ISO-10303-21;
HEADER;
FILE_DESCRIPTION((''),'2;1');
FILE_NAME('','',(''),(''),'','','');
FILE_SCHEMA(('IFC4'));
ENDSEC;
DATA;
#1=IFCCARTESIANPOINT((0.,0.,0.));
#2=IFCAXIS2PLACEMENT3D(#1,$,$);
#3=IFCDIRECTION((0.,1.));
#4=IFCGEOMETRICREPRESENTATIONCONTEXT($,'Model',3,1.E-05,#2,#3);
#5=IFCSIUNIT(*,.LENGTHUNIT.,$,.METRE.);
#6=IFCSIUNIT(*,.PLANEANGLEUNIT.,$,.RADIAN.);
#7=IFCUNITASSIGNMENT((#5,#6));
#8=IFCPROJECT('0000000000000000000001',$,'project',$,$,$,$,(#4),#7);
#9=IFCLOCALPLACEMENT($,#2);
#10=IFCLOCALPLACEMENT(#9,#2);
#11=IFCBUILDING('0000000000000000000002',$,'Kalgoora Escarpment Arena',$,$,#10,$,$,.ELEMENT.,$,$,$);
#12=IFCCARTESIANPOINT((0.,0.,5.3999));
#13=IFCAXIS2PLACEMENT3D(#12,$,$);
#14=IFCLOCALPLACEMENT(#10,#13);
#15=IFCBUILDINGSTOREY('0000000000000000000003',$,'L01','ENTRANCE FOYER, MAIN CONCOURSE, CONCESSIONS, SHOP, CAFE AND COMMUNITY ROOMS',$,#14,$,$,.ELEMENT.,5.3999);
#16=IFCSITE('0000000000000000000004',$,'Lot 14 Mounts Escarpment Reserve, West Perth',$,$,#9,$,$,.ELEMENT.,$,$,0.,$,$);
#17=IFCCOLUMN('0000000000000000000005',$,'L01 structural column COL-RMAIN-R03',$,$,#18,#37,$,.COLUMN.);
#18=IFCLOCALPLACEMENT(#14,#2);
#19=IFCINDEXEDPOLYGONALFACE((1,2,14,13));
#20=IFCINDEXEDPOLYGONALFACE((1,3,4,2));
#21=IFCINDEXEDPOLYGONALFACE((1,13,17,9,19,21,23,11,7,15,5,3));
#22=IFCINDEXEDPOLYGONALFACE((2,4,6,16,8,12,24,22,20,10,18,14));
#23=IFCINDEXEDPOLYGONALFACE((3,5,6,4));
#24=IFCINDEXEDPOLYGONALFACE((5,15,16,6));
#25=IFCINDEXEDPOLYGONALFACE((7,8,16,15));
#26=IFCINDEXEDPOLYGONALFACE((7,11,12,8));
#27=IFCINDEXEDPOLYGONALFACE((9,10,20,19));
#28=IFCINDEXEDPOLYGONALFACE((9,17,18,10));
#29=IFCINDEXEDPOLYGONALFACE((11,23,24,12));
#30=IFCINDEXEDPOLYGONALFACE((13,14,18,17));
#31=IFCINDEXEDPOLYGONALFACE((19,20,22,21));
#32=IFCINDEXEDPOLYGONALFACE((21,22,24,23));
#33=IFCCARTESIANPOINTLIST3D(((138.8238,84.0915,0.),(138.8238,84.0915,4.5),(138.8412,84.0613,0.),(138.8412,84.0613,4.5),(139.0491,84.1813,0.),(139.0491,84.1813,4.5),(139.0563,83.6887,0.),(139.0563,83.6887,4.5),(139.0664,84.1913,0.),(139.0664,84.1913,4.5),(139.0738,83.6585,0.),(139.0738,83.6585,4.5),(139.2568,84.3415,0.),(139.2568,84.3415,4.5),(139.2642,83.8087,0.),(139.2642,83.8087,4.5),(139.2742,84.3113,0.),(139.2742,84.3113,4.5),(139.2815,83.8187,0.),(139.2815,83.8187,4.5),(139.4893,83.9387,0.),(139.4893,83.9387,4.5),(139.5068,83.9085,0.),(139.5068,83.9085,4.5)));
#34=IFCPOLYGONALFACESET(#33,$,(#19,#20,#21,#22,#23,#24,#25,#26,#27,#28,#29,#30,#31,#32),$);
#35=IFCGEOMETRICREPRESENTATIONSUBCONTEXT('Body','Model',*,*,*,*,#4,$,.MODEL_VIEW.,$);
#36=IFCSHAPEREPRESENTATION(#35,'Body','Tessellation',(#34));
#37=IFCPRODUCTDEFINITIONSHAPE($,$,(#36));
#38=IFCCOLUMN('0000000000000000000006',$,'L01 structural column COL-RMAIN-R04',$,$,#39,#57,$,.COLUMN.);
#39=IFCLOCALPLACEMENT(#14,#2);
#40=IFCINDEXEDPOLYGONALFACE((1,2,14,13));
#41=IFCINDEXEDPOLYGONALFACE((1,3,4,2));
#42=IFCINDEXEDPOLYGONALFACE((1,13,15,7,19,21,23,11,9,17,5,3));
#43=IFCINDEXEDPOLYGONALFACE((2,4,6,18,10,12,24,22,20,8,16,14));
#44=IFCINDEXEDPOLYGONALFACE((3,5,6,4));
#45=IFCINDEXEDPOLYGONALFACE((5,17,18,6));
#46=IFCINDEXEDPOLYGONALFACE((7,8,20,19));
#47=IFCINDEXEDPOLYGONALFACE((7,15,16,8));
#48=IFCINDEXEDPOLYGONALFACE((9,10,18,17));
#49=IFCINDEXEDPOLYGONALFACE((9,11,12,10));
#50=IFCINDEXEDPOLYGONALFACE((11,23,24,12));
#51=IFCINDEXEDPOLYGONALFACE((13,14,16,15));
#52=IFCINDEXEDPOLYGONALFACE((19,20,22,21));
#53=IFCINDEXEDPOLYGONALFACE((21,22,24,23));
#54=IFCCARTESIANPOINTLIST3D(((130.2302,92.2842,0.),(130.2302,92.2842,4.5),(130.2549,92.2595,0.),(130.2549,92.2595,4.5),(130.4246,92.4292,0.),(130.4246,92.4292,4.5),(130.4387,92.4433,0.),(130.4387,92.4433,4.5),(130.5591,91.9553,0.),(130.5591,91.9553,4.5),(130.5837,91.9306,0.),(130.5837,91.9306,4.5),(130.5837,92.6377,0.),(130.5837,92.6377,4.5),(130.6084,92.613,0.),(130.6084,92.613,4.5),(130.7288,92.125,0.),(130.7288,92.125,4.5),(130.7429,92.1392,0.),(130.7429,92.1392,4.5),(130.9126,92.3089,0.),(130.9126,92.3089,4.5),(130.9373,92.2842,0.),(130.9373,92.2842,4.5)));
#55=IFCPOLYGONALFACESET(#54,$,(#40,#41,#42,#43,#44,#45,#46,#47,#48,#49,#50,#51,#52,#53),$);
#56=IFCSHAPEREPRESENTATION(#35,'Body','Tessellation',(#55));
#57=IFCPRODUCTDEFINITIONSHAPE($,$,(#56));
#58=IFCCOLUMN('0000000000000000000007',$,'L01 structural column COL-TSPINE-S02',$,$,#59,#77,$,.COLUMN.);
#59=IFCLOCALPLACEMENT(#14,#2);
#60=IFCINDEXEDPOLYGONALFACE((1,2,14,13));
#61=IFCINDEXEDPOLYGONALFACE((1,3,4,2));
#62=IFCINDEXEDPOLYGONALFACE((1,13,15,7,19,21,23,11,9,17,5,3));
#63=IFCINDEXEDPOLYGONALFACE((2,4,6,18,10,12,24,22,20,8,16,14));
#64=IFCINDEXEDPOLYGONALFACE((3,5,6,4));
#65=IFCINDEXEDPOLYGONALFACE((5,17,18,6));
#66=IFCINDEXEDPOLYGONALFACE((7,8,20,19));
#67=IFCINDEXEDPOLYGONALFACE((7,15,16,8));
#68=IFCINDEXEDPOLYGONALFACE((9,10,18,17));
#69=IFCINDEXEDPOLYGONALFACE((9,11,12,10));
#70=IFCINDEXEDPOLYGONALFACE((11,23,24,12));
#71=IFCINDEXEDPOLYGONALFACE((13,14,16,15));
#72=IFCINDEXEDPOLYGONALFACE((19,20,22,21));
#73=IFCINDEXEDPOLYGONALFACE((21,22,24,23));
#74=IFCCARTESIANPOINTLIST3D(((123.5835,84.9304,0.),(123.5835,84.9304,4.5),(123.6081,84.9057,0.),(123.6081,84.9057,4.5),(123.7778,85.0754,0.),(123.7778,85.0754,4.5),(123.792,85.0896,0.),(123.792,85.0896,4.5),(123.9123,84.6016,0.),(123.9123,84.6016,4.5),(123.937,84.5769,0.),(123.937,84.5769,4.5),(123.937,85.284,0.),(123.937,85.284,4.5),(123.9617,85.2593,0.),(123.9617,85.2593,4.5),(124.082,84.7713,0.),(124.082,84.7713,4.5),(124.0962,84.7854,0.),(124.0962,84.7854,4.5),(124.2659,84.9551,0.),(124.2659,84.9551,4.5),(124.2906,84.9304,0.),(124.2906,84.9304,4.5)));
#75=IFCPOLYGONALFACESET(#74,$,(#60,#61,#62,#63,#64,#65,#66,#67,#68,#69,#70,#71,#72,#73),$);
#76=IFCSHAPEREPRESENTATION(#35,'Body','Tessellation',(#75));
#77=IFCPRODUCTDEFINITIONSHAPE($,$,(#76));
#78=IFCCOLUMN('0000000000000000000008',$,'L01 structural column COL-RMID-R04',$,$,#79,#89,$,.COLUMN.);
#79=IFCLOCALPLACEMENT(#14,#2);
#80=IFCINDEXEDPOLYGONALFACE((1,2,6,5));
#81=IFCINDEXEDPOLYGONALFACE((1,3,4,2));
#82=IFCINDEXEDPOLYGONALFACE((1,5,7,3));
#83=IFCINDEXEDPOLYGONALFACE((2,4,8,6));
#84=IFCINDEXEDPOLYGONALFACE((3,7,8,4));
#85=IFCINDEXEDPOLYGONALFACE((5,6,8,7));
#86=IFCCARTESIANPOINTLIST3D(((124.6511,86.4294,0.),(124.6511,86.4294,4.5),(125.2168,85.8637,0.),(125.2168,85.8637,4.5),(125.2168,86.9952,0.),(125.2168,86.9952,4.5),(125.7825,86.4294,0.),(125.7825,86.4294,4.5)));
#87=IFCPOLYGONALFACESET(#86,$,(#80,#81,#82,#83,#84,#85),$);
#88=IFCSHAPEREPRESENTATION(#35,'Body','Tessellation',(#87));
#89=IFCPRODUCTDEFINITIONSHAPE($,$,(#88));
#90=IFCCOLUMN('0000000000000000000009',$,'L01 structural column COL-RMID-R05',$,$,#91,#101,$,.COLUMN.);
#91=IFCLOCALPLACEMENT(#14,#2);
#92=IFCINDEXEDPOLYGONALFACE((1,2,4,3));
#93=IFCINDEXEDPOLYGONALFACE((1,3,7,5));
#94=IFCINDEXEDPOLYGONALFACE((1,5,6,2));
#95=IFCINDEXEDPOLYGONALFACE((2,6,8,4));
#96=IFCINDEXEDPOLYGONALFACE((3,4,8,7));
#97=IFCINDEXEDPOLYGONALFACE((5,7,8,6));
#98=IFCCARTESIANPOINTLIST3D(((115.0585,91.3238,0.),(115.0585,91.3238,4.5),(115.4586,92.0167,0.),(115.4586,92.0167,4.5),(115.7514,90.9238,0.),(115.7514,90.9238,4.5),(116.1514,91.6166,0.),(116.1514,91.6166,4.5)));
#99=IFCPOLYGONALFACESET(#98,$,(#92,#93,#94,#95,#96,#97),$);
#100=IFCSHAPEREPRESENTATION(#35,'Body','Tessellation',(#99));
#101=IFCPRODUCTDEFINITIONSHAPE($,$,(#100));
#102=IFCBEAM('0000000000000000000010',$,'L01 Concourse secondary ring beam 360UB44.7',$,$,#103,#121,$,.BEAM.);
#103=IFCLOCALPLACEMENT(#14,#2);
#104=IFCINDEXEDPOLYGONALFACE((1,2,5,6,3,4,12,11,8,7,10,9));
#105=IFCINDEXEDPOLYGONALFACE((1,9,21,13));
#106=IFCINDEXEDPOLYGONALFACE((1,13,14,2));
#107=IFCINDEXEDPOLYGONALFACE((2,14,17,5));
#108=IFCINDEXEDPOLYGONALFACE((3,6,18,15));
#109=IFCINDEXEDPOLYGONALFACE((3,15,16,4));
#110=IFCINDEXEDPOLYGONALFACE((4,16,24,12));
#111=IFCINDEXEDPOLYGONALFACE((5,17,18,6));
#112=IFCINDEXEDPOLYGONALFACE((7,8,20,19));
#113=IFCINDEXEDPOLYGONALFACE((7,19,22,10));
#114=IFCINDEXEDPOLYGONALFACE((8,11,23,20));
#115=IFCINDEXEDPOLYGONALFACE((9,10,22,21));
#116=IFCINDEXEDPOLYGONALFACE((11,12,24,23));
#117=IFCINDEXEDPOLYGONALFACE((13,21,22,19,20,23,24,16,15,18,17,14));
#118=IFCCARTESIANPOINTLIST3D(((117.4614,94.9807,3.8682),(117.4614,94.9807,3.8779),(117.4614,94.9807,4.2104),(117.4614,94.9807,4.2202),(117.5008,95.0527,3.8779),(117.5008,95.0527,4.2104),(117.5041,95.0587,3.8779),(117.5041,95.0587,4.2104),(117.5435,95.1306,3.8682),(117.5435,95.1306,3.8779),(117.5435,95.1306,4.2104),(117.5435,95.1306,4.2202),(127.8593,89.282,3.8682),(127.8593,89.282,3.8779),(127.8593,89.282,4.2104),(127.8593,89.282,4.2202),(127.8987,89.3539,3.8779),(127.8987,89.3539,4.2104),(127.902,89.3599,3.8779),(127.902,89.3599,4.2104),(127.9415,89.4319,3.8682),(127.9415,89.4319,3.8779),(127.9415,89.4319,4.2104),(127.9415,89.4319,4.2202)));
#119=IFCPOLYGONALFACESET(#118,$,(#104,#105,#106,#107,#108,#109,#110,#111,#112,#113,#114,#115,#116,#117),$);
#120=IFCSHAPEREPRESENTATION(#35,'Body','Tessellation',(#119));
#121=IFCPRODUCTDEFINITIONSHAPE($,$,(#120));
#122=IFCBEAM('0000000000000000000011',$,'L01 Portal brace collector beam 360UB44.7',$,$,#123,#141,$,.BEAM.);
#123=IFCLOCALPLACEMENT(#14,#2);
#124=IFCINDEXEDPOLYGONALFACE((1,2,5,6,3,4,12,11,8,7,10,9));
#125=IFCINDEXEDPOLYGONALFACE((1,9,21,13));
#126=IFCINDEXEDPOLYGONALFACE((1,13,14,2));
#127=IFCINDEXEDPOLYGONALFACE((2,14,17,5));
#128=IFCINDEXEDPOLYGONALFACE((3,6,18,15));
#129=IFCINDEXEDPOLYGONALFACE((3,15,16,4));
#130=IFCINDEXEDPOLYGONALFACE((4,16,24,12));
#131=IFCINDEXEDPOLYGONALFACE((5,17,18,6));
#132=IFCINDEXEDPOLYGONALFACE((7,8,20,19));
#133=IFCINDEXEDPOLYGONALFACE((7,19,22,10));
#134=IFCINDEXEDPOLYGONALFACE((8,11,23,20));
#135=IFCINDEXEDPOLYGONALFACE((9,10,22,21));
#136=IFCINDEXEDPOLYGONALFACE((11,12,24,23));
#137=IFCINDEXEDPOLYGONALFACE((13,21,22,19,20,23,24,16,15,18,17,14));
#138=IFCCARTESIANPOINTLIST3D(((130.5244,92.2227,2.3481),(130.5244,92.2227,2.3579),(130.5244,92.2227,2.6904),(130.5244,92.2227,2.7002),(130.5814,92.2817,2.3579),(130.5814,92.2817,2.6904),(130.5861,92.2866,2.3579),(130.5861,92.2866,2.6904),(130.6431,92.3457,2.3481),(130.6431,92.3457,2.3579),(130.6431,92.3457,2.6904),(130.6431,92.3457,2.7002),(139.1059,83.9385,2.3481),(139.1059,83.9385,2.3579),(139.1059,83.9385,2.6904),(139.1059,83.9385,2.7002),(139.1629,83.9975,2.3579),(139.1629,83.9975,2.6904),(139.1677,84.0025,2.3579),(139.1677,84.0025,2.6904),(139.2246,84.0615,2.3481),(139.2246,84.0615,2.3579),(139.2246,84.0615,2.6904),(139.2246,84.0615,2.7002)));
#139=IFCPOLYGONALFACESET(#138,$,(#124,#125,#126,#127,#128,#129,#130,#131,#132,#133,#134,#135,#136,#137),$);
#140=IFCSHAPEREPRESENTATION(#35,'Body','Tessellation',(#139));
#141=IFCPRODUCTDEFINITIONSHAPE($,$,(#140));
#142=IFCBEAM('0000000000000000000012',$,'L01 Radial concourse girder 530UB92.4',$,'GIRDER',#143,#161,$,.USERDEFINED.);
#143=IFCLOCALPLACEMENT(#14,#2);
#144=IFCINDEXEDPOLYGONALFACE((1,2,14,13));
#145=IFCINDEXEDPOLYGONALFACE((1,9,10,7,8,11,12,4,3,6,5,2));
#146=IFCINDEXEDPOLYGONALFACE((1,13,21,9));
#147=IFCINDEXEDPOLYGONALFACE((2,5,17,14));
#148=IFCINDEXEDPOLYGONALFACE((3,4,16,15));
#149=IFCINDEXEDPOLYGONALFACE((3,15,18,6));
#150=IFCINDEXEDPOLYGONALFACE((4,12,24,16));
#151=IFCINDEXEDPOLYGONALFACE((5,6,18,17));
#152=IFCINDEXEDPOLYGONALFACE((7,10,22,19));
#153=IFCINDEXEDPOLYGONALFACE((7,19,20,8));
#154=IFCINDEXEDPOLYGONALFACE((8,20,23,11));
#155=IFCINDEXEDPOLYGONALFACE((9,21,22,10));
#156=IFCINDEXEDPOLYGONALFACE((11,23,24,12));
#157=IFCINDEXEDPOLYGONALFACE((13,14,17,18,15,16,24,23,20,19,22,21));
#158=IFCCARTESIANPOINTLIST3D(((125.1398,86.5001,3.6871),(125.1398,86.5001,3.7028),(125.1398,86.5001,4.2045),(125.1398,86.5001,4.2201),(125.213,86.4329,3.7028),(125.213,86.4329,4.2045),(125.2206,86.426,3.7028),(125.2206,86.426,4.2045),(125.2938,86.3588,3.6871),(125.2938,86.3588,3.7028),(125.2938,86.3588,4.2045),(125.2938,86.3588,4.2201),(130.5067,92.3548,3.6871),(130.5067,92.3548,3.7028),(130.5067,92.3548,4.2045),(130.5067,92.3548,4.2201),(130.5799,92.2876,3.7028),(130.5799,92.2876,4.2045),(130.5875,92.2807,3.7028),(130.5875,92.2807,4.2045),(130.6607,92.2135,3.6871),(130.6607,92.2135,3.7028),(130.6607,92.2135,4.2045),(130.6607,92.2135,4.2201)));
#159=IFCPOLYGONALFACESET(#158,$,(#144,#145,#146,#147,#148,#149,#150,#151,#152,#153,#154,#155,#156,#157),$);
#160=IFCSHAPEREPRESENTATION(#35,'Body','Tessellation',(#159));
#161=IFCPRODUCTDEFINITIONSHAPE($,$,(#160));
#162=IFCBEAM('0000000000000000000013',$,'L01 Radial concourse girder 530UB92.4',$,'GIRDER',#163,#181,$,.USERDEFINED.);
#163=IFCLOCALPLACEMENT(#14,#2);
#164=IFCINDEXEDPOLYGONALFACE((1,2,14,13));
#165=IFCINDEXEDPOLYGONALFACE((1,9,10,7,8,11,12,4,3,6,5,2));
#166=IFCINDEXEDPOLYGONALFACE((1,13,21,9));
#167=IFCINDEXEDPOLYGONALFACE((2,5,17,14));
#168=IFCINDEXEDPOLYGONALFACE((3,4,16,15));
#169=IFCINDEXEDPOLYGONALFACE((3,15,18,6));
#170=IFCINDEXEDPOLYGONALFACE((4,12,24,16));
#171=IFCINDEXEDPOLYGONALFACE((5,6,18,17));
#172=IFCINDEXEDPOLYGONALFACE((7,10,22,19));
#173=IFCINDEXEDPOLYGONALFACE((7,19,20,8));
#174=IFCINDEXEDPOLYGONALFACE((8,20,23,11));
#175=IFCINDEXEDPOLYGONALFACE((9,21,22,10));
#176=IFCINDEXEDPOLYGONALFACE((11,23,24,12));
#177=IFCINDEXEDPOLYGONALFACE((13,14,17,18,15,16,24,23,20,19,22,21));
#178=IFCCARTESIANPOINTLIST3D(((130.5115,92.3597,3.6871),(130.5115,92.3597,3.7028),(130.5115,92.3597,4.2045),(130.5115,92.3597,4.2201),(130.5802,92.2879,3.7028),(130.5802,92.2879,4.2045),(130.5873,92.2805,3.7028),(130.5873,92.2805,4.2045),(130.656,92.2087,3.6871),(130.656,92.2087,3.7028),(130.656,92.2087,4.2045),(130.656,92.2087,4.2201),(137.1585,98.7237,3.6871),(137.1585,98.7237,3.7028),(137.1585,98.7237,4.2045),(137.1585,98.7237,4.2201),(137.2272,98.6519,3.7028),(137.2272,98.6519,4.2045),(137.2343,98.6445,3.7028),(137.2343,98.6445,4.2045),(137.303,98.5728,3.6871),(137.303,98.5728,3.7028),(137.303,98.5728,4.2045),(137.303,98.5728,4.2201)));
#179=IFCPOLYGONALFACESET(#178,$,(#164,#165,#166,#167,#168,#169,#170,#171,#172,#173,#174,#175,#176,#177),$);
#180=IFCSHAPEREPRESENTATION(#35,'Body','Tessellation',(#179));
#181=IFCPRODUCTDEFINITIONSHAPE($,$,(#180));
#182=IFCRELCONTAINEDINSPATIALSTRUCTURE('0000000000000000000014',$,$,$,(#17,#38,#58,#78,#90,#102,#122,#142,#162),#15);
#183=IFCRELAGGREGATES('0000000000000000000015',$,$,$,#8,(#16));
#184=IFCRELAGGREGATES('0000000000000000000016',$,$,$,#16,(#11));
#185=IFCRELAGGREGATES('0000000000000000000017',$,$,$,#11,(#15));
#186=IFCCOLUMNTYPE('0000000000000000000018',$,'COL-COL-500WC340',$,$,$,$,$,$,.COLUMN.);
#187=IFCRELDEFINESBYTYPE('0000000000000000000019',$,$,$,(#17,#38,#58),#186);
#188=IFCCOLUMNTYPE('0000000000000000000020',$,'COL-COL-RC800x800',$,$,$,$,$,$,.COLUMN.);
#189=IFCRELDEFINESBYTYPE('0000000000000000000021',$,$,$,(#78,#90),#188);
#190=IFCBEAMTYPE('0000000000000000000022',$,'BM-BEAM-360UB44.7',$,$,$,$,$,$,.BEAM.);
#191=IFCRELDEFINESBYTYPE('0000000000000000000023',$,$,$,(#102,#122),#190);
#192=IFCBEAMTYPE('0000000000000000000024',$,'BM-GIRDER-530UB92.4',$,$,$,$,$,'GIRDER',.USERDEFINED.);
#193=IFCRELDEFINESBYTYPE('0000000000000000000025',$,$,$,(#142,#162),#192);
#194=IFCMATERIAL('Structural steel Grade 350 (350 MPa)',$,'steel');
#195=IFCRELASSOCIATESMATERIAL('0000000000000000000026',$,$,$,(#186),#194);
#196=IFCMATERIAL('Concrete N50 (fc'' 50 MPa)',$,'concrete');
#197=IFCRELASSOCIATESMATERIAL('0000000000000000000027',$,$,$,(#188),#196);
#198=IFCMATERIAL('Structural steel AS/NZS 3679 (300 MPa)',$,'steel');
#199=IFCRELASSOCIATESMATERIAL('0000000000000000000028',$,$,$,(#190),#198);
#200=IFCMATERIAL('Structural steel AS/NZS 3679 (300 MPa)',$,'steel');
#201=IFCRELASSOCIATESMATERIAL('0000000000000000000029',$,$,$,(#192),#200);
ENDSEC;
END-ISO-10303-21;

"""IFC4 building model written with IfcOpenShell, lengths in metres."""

from ifc_helpers import new_model, si_unit, direction, frame, origin, origin_2d, place, context, subcontext, project, spatial, rectangle, i_section, extrude, material, material_profile, profile_set, type_object, element, save


model = new_model("IFC4")

# Units and contexts
model_context = context("Model", 3, precision=1e-05, world=origin(), true_north=direction((0.0, 1.0)))
body_context = subcontext(model_context, "Body", "Model", "MODEL_VIEW")
ifc_project = project(units=[si_unit("LENGTHUNIT", "METRE"), si_unit("PLANEANGLEUNIT", "RADIAN")], contexts=[model_context])

# Site, building, storey
site_placement = place(None, origin())
site = spatial("IfcSite", under=ifc_project, at=site_placement, Name="Lot 14 Mounts Escarpment Reserve, West Perth", CompositionType="ELEMENT", RefElevation=0.0)
building_placement = place(site_placement, origin())
building = spatial("IfcBuilding", under=site, at=building_placement, Name="Kalgoora Escarpment Arena", CompositionType="ELEMENT")
storey_placement = place(building_placement, frame((0.0, 0.0, 5.3999)))
storey = spatial("IfcBuildingStorey", under=building, at=storey_placement, Name="L01", Description="ENTRANCE FOYER, MAIN CONCOURSE, CONCESSIONS, SHOP, CAFE AND COMMUNITY ROOMS", CompositionType="ELEMENT", Elevation=5.3999)

# Columns
ifc_material_1 = material(Name="Structural steel Grade 350 (350 MPa)", Category="steel")
ifc_material_profile_1 = material_profile(ifc_material_1, i_section(OverallWidth=0.5, OverallDepth=0.5, WebThickness=0.02, FlangeThickness=0.0349, at=origin_2d()))
ifc_profile_set_1 = profile_set([ifc_material_profile_1], Name="Structural steel Grade 350 (350 MPa)")
column_type_1 = type_object("IfcColumnType", Name="COL-COL-500WC340", PredefinedType="COLUMN", material=ifc_profile_set_1)
for number, where, z_axis, x_axis, name in (
    (1, (139.1653, 84.0, 0.0), (0.0, 0.0, 1.0), (0.866025, 0.5, 0.0), "L01 structural column COL-RMAIN-R03"),
    (2, (130.5837, 92.2842, 0.0), (0.0, 0.0, 1.0), (0.707107, 0.707107, 0.0), "L01 structural column COL-RMAIN-R04"),
    (3, (123.937, 84.9304, 0.0), (0.0, 0.0, 1.0), (0.707107, 0.707107, 0.0), "L01 structural column COL-TSPINE-S02"),
):
    element("IfcColumn", number, at=place(storey_placement, frame(where, z_axis=z_axis, x_axis=x_axis)), inside=storey, type_object=column_type_1, Name=name, PredefinedType="COLUMN", context=body_context, shape_type="SweptSolid", body=[
        extrude(i_section(OverallWidth=0.5, OverallDepth=0.5, WebThickness=0.02, FlangeThickness=0.0349, at=origin_2d()), origin(), (0.0, 0.0, 1.0), 4.5),
    ])
ifc_material_2 = material(Name="Concrete N50 (fc' 50 MPa)", Category="concrete")
ifc_material_profile_2 = material_profile(ifc_material_2, rectangle(XDim=0.8, YDim=0.8, at=origin_2d()))
ifc_profile_set_2 = profile_set([ifc_material_profile_2], Name="Concrete N50 (fc' 50 MPa)")
column_type_2 = type_object("IfcColumnType", Name="COL-COL-RC800x800", PredefinedType="COLUMN", material=ifc_profile_set_2)
for number, where, z_axis, x_axis, name in (
    (4, (125.2168, 86.4294, 0.0), (0.0, 0.0, 1.0), (0.707107, 0.707107, 0.0), "L01 structural column COL-RMID-R04"),
    (5, (115.605, 91.4702, 0.0), (0.0, 0.0, 1.0), (0.5, 0.866025, 0.0), "L01 structural column COL-RMID-R05"),
):
    element("IfcColumn", number, at=place(storey_placement, frame(where, z_axis=z_axis, x_axis=x_axis)), inside=storey, type_object=column_type_2, Name=name, PredefinedType="COLUMN", context=body_context, shape_type="SweptSolid", body=[
        extrude(rectangle(XDim=0.8, YDim=0.8, at=origin_2d()), origin(), (0.0, 0.0, 1.0), 4.5),
    ])

# Beams
ifc_material_3 = material(Name="Structural steel AS/NZS 3679 (300 MPa)", Category="steel")
ifc_material_profile_3 = material_profile(ifc_material_3, i_section(OverallWidth=0.1709, OverallDepth=0.3521, WebThickness=0.0068, FlangeThickness=0.0098, at=origin_2d()))
ifc_profile_set_3 = profile_set([ifc_material_profile_3], Name="Structural steel AS/NZS 3679 (300 MPa)")
beam_type_1 = type_object("IfcBeamType", Name="BM-BEAM-360UB44.7", PredefinedType="BEAM", material=ifc_profile_set_3)
beam_1_placement = place(storey_placement, frame((127.9004, 89.3569, 4.0442), z_axis=(-0.876932, 0.480614, 0.0), x_axis=(-0.480614, -0.876932, 0.0)))
element("IfcBeam", 6, at=beam_1_placement, inside=storey, type_object=beam_type_1, Name="L01 Concourse secondary ring beam 360UB44.7", PredefinedType="BEAM", context=body_context, shape_type="SweptSolid", body=[
    extrude(i_section(OverallWidth=0.1709, OverallDepth=0.3521, WebThickness=0.0068, FlangeThickness=0.0098, at=origin_2d()), origin(), (0.0, 0.0, 1.0), 11.8572),
])
beam_2_placement = place(storey_placement, frame((139.1653, 84.0, 2.5242), z_axis=(-0.719462, 0.694532, 0.0), x_axis=(-0.694532, -0.719462, 0.0)))
element("IfcBeam", 7, at=beam_2_placement, inside=storey, type_object=beam_type_1, Name="L01 Portal brace collector beam 360UB44.7", PredefinedType="BEAM", context=body_context, shape_type="SweptSolid", body=[
    extrude(i_section(OverallWidth=0.1709, OverallDepth=0.3521, WebThickness=0.0068, FlangeThickness=0.0098, at=origin_2d()), origin(), (0.0, 0.0, 1.0), 11.9277),
])
ifc_material_4 = material(Name="Structural steel AS/NZS 3679 (300 MPa)", Category="steel")
ifc_material_profile_4 = material_profile(ifc_material_4, i_section(OverallWidth=0.209, OverallDepth=0.533, WebThickness=0.0103, FlangeThickness=0.0156, at=origin_2d()))
ifc_profile_set_4 = profile_set([ifc_material_profile_4], Name="Structural steel AS/NZS 3679 (300 MPa)")
beam_type_2 = type_object("IfcBeamType", Name="BM-GIRDER-530UB92.4", ElementType="GIRDER", PredefinedType="USERDEFINED", material=ifc_profile_set_4)
beam_3_placement = place(storey_placement, frame((125.2168, 86.4294, 3.9536), z_axis=(0.675732, 0.737148, 0.0), x_axis=(-0.737148, 0.675732, 0.0)))
element("IfcBeam", 8, at=beam_3_placement, inside=storey, type_object=beam_type_2, Name="L01 Radial concourse girder 530UB92.4", ObjectType="GIRDER", PredefinedType="USERDEFINED", context=body_context, shape_type="SweptSolid", body=[
    extrude(i_section(OverallWidth=0.209, OverallDepth=0.533, WebThickness=0.0103, FlangeThickness=0.0156, at=origin_2d()), origin(), (0.0, 0.0, 1.0), 7.9424),
])
beam_4_placement = place(storey_placement, frame((130.5837, 92.2842, 3.9536), z_axis=(0.722314, 0.691565, 0.0), x_axis=(-0.691565, 0.722314, 0.0)))
element("IfcBeam", 9, at=beam_4_placement, inside=storey, type_object=beam_type_2, Name="L01 Radial concourse girder 530UB92.4", ObjectType="GIRDER", PredefinedType="USERDEFINED", context=body_context, shape_type="SweptSolid", body=[
    extrude(i_section(OverallWidth=0.209, OverallDepth=0.533, WebThickness=0.0103, FlangeThickness=0.0156, at=origin_2d()), origin(), (0.0, 0.0, 1.0), 9.2024),
])

save(model, "model.ifc")
